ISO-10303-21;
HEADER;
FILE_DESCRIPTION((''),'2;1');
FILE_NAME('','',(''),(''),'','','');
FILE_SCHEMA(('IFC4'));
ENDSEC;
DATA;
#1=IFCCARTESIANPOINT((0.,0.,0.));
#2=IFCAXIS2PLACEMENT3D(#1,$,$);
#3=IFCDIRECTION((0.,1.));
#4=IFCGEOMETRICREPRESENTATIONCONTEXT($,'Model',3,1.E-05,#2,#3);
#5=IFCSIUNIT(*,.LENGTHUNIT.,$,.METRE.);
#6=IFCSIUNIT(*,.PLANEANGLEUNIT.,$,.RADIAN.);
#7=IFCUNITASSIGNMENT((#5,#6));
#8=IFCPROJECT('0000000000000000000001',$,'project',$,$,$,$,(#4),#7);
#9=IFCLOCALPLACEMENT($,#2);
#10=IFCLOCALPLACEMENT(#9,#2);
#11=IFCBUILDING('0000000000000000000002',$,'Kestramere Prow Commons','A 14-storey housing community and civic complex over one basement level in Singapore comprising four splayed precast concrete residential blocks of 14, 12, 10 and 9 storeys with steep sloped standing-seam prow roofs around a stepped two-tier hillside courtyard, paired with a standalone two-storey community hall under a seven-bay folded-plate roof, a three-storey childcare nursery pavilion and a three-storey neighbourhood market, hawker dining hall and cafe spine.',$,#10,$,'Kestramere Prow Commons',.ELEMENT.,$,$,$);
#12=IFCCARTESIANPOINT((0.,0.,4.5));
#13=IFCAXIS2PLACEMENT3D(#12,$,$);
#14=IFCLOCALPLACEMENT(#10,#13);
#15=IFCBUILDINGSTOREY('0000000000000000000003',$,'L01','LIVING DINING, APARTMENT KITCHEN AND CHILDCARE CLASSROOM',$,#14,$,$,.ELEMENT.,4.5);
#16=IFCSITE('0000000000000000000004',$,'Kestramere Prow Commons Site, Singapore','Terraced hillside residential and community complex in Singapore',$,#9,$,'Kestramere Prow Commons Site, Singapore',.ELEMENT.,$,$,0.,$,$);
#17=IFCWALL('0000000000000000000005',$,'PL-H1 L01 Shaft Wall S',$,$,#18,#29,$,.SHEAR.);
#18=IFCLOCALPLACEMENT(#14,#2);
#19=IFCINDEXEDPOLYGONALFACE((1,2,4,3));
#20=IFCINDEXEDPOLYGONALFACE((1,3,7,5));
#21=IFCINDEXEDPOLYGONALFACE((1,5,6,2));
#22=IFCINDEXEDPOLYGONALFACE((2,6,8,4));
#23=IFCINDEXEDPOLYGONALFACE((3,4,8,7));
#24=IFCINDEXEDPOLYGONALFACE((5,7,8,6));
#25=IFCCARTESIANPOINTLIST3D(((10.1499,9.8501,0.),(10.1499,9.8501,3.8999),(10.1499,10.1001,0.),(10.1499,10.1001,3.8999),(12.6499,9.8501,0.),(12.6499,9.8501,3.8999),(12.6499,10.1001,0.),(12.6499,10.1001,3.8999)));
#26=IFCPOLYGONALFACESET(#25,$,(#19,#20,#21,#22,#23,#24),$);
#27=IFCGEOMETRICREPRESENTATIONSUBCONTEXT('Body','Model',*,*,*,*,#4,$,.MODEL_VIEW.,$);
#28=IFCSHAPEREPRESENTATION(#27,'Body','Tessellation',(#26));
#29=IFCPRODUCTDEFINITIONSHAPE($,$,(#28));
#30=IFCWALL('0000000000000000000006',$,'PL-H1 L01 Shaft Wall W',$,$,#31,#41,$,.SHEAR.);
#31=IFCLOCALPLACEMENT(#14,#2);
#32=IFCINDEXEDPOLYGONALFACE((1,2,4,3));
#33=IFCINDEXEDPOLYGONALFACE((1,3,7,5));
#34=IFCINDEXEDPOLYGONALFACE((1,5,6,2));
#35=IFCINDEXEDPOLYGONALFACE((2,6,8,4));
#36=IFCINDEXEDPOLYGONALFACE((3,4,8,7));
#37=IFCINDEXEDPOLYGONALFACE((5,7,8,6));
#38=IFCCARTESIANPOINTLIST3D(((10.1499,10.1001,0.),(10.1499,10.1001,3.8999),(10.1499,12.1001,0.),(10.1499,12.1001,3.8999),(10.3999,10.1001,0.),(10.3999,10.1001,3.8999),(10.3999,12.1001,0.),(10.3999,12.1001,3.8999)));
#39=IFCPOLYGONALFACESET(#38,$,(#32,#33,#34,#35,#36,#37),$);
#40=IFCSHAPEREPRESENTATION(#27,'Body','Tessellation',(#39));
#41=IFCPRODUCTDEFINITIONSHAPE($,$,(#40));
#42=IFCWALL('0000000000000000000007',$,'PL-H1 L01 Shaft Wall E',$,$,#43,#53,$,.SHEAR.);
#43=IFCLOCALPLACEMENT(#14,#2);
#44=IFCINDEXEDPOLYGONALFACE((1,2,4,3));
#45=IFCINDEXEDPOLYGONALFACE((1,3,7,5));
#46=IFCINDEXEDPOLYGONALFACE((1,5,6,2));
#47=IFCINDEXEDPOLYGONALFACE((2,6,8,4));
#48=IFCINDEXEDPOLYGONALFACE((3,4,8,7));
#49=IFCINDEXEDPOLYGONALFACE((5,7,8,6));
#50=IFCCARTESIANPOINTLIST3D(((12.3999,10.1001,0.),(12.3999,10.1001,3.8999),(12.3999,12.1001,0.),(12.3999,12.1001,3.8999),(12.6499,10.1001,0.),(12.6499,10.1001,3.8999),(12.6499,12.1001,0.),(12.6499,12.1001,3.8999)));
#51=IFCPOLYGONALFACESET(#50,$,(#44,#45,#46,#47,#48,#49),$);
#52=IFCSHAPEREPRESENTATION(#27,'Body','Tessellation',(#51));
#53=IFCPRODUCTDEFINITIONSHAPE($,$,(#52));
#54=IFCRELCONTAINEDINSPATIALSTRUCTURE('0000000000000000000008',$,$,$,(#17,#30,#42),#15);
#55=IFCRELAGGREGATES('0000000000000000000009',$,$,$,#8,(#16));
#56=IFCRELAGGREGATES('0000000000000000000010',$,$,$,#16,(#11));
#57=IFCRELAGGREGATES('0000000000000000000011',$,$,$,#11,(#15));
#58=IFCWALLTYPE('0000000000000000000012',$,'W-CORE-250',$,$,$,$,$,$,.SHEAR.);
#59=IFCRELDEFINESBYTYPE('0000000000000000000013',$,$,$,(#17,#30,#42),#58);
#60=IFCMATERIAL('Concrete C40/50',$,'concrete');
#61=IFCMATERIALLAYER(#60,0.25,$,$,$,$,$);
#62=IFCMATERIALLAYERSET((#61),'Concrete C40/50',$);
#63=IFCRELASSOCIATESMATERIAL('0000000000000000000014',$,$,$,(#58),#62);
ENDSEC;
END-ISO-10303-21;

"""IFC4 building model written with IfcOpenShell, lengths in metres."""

from ifc_helpers import new_model, si_unit, direction, frame, frame_2d, origin, place, context, subcontext, project, spatial, rectangle, extrude, material, layer, layer_set, type_object, element, save


model = new_model("IFC4")

# Units and contexts
model_context = context("Model", 3, precision=1e-05, world=origin(), true_north=direction((0.0, 1.0)))
body_context = subcontext(model_context, "Body", "Model", "MODEL_VIEW")
ifc_project = project(units=[si_unit("LENGTHUNIT", "METRE"), si_unit("PLANEANGLEUNIT", "RADIAN")], contexts=[model_context])

# Site, building, storey
site_placement = place(None, origin())
site = spatial("IfcSite", under=ifc_project, at=site_placement, Name="Kestramere Prow Commons Site, Singapore", Description="Terraced hillside residential and community complex in Singapore", LongName="Kestramere Prow Commons Site, Singapore", CompositionType="ELEMENT", RefElevation=0.0)
building_placement = place(site_placement, origin())
building = spatial("IfcBuilding", under=site, at=building_placement, Name="Kestramere Prow Commons", Description="A 14-storey housing community and civic complex over one basement level in Singapore comprising four splayed precast concrete residential blocks of 14, 12, 10 and 9 storeys with steep sloped standing-seam prow roofs around a stepped two-tier hillside courtyard, paired with a standalone two-storey community hall under a seven-bay folded-plate roof, a three-storey childcare nursery pavilion and a three-storey neighbourhood market, hawker dining hall and cafe spine.", LongName="Kestramere Prow Commons", CompositionType="ELEMENT")
storey_placement = place(building_placement, frame((0.0, 0.0, 4.5)))
storey = spatial("IfcBuildingStorey", under=building, at=storey_placement, Name="L01", Description="LIVING DINING, APARTMENT KITCHEN AND CHILDCARE CLASSROOM", CompositionType="ELEMENT", Elevation=4.5)

# Shared definitions
ifc_material_1 = material(Name="Concrete C40/50", Category="concrete")
ifc_layer_1 = layer(ifc_material_1, 0.25)
ifc_layer_set_1 = layer_set([ifc_layer_1], Name="Concrete C40/50")
wall_type_1 = type_object("IfcWallType", Name="W-CORE-250", PredefinedType="SHEAR", material=ifc_layer_set_1)

# Walls
wall_1_placement = place(storey_placement, frame((10.1499, 9.9751, 0.0), z_axis=(0.0, 0.0, 1.0), x_axis=(1.0, 0.0, 0.0)))
element("IfcWall", 1, at=wall_1_placement, inside=storey, type_object=wall_type_1, Name="PL-H1 L01 Shaft Wall S", PredefinedType="SHEAR", context=body_context, shape_type="SweptSolid", body=[
    extrude(rectangle(XDim=2.5, YDim=0.25, at=frame_2d((1.25, 0.0))), origin(), (0.0, 0.0, 1.0), 3.8999),
])
for number, where, z_axis, x_axis, name in (
    (2, (10.2749, 10.1001, 0.0), (0.0, 0.0, 1.0), (0.0, 1.0, 0.0), "PL-H1 L01 Shaft Wall W"),
    (3, (12.5249, 10.1001, 0.0), (0.0, 0.0, 1.0), (0.0, 1.0, 0.0), "PL-H1 L01 Shaft Wall E"),
):
    element("IfcWall", number, at=place(storey_placement, frame(where, z_axis=z_axis, x_axis=x_axis)), inside=storey, type_object=wall_type_1, Name=name, PredefinedType="SHEAR", context=body_context, shape_type="SweptSolid", body=[
        extrude(rectangle(XDim=2.0, YDim=0.25, at=frame_2d((1.0, 0.0))), origin(), (0.0, 0.0, 1.0), 3.8999),
    ])

save(model, "model.ifc")
